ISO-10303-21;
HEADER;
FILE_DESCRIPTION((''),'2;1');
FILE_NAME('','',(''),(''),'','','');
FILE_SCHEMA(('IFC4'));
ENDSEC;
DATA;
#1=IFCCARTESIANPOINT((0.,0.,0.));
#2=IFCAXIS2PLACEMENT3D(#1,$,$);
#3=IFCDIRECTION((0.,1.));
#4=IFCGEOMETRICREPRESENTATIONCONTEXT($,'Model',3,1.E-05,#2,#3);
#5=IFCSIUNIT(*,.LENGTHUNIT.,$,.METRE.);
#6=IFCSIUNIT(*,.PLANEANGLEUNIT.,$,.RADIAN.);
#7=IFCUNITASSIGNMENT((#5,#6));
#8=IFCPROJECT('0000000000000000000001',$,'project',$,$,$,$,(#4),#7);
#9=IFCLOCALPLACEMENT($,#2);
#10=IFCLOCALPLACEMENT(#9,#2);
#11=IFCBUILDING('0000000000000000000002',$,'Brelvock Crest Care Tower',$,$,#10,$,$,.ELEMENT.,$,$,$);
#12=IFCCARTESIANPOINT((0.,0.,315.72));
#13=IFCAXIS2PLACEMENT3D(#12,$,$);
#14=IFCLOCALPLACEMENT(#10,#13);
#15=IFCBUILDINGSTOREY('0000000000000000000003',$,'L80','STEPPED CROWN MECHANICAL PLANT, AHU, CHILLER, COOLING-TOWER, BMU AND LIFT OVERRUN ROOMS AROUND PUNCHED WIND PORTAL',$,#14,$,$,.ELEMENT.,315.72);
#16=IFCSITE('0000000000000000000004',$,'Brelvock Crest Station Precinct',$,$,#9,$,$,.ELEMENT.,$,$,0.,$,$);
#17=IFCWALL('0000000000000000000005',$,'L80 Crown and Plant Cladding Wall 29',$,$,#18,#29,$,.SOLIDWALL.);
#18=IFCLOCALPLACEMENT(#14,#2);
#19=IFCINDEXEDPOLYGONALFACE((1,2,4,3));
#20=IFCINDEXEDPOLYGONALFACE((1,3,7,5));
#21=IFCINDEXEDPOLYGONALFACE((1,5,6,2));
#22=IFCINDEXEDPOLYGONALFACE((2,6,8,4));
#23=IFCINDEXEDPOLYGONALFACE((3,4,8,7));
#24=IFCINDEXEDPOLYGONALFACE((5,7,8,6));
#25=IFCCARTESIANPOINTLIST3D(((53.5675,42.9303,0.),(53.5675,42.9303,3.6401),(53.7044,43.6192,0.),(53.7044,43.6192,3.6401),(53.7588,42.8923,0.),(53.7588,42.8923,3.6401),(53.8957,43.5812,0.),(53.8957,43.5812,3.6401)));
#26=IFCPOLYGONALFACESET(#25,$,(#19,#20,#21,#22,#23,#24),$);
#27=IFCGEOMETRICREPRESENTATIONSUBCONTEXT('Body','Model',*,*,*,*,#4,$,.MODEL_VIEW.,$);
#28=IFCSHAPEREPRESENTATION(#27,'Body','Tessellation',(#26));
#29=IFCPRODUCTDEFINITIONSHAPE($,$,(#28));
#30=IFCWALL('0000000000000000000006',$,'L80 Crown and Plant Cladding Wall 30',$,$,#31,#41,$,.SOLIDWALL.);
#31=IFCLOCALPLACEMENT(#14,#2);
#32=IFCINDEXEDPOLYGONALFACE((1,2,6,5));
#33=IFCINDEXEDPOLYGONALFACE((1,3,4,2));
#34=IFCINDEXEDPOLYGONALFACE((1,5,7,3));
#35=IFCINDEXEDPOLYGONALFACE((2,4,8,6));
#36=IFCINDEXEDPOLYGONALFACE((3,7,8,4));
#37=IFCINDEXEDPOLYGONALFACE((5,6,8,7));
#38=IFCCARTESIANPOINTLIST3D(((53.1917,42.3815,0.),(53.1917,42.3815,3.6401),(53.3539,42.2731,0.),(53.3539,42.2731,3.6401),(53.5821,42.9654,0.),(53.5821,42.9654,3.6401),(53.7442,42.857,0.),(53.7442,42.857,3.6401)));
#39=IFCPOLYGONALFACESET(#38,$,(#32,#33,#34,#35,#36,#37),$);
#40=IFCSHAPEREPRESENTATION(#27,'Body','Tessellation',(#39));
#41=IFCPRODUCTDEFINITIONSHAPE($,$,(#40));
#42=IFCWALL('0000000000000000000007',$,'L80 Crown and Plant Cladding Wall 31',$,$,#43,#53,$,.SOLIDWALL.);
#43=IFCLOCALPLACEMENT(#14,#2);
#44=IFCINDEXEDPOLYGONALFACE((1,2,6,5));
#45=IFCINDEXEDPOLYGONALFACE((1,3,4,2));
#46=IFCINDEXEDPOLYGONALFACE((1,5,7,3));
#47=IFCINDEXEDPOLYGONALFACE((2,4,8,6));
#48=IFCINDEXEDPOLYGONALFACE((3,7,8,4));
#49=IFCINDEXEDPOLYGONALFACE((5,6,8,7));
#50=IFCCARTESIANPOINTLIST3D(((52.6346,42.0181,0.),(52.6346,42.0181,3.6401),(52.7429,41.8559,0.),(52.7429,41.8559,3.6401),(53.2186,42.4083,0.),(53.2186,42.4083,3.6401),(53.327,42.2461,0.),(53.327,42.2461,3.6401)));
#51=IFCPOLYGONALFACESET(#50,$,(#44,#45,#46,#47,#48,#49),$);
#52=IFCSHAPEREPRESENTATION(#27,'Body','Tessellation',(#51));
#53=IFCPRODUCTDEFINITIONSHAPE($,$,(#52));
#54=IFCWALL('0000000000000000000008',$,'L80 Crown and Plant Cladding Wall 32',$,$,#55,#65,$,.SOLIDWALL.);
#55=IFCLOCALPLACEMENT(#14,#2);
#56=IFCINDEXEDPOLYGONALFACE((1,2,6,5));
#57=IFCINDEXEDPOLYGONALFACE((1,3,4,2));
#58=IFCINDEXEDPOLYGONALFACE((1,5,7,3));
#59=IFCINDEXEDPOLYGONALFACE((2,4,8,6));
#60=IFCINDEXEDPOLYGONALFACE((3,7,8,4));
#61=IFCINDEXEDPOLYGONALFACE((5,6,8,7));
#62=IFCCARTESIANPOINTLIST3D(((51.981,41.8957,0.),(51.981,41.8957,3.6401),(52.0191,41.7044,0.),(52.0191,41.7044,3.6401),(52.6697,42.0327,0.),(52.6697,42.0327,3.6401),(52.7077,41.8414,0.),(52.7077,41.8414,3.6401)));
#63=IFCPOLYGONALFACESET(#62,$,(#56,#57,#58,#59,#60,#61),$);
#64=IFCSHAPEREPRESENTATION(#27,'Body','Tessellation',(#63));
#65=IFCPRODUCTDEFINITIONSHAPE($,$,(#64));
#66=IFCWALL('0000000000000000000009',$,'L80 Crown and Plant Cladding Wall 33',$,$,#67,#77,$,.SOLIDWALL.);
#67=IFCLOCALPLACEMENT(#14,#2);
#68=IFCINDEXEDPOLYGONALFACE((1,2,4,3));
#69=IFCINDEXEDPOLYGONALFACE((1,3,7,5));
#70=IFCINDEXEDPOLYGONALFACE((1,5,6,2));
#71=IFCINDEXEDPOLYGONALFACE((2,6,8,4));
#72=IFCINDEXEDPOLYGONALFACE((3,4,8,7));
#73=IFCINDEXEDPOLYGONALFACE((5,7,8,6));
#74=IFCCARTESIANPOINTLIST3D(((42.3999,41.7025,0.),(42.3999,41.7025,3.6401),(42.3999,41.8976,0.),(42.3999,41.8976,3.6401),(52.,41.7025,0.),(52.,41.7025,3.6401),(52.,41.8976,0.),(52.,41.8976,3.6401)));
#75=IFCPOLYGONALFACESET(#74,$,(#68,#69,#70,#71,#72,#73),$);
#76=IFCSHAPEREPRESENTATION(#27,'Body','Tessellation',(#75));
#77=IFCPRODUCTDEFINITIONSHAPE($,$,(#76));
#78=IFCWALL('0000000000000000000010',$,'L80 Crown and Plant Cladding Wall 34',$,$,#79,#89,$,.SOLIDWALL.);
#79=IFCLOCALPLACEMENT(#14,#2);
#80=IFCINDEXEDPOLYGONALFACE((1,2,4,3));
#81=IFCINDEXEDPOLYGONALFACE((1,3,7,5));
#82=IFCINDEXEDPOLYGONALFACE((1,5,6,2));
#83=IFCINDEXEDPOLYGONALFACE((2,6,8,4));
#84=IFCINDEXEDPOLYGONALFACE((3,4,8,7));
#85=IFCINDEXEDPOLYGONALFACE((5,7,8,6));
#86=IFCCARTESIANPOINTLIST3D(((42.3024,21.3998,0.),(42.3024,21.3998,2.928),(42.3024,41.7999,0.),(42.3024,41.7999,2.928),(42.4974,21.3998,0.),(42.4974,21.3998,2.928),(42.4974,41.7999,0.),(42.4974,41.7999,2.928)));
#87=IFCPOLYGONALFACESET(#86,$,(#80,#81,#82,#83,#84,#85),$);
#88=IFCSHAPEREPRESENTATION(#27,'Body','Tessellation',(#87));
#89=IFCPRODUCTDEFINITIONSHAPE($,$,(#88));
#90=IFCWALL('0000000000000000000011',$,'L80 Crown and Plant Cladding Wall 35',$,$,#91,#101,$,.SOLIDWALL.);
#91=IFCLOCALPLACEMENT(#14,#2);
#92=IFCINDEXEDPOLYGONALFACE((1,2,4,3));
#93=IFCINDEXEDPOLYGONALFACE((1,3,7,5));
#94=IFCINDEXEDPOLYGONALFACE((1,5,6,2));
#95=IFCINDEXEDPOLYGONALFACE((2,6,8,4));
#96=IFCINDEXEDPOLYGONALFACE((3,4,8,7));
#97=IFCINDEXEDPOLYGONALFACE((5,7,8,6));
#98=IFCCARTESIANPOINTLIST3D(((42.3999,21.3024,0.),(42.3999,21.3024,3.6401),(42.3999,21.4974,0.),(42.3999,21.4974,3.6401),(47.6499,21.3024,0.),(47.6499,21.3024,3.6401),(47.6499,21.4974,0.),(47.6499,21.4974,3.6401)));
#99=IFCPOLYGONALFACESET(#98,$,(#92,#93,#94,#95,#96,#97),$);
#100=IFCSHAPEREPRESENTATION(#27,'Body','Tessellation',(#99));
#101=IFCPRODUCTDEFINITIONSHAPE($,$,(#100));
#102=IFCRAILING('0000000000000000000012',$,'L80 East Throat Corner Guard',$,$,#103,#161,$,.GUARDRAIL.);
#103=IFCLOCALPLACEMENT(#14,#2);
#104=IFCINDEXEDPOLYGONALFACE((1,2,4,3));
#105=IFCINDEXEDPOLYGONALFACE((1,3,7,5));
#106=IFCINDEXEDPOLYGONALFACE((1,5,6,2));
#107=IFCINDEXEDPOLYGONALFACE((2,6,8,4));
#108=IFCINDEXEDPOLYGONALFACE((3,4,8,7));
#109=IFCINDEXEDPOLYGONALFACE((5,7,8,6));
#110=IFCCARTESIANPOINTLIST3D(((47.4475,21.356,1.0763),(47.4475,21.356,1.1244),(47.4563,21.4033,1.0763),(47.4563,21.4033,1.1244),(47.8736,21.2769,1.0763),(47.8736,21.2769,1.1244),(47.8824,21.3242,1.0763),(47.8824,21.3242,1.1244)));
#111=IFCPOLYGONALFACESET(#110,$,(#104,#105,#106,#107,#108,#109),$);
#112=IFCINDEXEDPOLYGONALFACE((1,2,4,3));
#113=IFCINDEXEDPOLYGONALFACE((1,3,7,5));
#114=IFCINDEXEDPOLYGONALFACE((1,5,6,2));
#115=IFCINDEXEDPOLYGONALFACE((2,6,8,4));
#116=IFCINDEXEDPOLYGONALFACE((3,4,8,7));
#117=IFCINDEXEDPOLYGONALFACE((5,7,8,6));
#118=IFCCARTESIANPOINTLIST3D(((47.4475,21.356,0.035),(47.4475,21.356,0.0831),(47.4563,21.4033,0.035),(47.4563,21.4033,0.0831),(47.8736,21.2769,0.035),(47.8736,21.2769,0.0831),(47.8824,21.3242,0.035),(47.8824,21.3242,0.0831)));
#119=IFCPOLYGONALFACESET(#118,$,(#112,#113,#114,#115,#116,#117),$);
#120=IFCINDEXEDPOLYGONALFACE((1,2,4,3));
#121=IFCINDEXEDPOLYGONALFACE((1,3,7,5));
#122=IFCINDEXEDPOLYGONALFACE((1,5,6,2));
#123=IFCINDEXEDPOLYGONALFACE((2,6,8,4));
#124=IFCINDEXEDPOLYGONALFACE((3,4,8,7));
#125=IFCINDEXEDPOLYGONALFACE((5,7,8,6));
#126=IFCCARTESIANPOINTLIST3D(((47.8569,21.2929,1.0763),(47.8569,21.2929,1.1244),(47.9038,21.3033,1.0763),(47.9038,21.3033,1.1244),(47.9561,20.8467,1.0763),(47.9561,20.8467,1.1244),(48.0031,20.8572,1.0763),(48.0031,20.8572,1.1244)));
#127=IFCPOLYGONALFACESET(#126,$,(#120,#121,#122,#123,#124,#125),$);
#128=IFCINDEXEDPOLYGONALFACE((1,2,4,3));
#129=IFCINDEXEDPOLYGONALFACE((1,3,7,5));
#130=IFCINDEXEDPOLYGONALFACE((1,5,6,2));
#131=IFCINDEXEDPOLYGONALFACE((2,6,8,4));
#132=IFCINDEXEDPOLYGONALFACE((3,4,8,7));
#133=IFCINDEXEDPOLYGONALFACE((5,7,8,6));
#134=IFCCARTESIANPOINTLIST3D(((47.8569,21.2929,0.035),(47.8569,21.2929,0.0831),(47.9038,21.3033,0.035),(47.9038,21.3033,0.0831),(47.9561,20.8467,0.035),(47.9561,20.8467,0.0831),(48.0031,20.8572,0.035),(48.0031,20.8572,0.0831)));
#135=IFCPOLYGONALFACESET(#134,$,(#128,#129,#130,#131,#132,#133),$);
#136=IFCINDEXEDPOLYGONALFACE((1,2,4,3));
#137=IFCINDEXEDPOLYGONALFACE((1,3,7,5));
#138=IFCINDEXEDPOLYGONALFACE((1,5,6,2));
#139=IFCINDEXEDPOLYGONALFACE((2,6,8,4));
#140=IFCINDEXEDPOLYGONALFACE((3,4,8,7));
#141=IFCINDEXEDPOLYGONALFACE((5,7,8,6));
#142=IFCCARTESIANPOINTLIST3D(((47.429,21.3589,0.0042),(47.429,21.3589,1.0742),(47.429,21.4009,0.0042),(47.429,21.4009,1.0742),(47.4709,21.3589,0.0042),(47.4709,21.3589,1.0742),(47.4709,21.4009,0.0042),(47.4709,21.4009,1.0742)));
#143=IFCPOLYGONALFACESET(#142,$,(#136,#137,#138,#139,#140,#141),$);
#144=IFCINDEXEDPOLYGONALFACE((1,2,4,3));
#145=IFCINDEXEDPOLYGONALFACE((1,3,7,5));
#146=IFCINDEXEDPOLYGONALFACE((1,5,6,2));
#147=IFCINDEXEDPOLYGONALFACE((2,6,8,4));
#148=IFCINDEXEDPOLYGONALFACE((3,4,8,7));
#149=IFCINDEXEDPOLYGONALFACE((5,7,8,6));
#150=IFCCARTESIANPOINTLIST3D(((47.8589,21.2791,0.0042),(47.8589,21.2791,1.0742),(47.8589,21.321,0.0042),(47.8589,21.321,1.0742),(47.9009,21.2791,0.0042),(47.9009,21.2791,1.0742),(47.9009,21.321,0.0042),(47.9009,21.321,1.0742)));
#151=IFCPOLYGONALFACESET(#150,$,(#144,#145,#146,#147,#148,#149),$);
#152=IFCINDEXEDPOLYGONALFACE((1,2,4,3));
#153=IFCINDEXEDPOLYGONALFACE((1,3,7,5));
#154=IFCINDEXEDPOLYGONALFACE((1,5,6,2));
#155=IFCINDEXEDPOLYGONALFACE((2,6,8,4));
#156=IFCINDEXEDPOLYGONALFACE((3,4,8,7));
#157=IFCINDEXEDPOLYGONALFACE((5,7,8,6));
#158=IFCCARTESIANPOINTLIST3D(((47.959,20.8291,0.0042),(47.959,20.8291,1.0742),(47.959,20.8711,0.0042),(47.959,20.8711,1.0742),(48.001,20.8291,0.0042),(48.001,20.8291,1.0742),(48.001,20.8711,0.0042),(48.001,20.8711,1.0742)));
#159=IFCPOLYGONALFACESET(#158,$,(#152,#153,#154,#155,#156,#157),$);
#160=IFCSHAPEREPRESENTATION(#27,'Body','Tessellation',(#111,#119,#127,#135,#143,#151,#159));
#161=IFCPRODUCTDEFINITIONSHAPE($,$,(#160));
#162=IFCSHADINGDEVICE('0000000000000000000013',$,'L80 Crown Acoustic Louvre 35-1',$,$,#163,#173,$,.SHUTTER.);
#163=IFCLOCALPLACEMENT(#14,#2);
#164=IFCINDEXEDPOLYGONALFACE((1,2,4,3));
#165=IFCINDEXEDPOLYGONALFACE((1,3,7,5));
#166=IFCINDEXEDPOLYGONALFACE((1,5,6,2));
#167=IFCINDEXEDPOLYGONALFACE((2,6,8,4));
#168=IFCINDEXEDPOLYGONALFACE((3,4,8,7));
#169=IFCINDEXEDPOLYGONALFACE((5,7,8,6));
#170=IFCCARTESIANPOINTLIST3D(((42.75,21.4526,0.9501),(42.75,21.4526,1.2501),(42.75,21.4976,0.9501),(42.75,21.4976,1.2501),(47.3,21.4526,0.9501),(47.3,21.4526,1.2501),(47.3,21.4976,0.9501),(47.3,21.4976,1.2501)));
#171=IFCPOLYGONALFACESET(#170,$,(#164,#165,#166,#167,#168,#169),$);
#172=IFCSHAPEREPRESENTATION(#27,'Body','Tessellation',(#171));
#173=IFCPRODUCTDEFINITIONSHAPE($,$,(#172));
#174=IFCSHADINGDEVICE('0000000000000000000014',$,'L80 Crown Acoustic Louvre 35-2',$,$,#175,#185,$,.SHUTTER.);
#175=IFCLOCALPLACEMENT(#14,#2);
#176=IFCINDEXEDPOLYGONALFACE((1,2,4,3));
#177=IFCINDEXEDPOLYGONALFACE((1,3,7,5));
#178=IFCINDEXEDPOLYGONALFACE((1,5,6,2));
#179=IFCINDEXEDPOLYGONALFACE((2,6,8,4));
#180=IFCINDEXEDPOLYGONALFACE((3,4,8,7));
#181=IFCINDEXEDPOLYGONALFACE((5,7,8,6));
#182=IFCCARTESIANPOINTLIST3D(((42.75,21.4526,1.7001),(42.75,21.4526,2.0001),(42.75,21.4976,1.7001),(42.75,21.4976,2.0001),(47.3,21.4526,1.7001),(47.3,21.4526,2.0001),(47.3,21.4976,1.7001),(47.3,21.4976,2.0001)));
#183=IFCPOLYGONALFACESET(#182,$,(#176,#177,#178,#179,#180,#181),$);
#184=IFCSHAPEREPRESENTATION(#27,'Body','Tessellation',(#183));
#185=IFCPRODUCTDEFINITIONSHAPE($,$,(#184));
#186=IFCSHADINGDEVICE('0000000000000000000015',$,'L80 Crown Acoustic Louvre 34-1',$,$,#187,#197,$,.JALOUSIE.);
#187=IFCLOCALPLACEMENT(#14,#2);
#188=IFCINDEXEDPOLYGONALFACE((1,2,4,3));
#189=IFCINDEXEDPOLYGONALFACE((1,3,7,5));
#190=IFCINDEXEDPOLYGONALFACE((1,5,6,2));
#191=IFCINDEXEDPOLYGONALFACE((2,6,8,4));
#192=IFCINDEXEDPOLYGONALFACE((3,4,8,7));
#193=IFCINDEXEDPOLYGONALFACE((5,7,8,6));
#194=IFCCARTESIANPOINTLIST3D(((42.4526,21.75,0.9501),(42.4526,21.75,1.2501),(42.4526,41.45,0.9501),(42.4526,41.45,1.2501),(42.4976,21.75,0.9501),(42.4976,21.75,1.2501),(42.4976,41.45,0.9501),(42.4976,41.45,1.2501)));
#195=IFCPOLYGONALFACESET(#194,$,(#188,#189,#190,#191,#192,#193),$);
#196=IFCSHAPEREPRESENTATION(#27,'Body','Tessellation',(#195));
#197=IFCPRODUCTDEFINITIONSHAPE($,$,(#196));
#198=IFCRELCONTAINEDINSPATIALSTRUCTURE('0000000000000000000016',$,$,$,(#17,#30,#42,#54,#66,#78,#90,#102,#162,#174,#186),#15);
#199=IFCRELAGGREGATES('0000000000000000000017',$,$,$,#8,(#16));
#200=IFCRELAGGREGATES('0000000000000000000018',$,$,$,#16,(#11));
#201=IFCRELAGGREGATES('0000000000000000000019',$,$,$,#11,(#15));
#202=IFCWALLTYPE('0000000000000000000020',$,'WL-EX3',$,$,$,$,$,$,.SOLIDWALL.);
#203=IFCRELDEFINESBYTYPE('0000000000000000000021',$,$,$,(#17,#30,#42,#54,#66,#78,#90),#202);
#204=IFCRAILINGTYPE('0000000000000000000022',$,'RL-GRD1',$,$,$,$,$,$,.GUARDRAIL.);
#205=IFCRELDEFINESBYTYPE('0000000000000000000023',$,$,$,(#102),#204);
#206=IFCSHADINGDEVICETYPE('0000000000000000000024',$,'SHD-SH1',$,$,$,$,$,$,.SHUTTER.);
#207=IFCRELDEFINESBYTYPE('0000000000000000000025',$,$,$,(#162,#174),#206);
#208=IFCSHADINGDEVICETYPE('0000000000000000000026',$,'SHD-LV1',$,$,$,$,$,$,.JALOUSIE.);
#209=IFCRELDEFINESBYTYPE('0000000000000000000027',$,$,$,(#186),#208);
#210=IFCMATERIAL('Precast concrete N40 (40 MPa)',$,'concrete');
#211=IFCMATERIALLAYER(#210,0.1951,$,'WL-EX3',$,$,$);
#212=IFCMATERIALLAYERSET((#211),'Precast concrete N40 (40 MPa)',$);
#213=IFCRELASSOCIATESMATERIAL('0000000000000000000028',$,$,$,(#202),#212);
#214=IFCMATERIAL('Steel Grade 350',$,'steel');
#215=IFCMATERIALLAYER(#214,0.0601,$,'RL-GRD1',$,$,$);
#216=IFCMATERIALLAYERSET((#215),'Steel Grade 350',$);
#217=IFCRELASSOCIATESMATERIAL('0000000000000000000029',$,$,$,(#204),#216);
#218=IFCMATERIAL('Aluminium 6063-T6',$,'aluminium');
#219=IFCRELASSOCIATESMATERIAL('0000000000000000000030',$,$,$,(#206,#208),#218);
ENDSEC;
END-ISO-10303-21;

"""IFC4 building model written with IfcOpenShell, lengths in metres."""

from ifc_helpers import new_model, si_unit, direction, frame, frame_2d, origin, origin_2d, place, context, subcontext, project, spatial, rectangle, extrude, source, transform, mapped, material, layer, layer_set, material_profile, profile_set, type_object, element, save


model = new_model("IFC4")

# Units and contexts
model_context = context("Model", 3, precision=1e-05, world=origin(), true_north=direction((0.0, 1.0)))
body_context = subcontext(model_context, "Body", "Model", "MODEL_VIEW")
ifc_project = project(units=[si_unit("LENGTHUNIT", "METRE"), si_unit("PLANEANGLEUNIT", "RADIAN")], contexts=[model_context])

# Site, building, storey
site_placement = place(None, origin())
site = spatial("IfcSite", under=ifc_project, at=site_placement, Name="Brelvock Crest Station Precinct", CompositionType="ELEMENT", RefElevation=0.0)
building_placement = place(site_placement, origin())
building = spatial("IfcBuilding", under=site, at=building_placement, Name="Brelvock Crest Care Tower", CompositionType="ELEMENT")
storey_placement = place(building_placement, frame((0.0, 0.0, 315.72)))
storey = spatial("IfcBuildingStorey", under=building, at=storey_placement, Name="L80", Description="STEPPED CROWN MECHANICAL PLANT, AHU, CHILLER, COOLING-TOWER, BMU AND LIFT OVERRUN ROOMS AROUND PUNCHED WIND PORTAL", CompositionType="ELEMENT", Elevation=315.72)

# Shared definitions
ifc_material_1 = material(Name="Steel Grade 350", Category="steel")

# Shared definitions
ifc_material_2 = material(Name="Precast concrete N40 (40 MPa)", Category="concrete")

# Walls
ifc_layer_1 = layer(ifc_material_2, 0.1951, Name="WL-EX3")
ifc_layer_set_1 = layer_set([ifc_layer_1], Name="Precast concrete N40 (40 MPa)")
wall_type_1 = type_object("IfcWallType", Name="WL-EX3", PredefinedType="SOLIDWALL", material=ifc_layer_set_1)
for number, where, z_axis, x_axis, name in (
    (1, (53.8, 43.6001, 0.0), (0.0, 0.0, 1.0), (-0.19498, -0.980807, 0.0), "L80 Crown and Plant Cladding Wall 29"),
    (2, (53.6631, 42.9111, 0.0), (0.0, 0.0, 1.0), (-0.555742, -0.831355, 0.0), "L80 Crown and Plant Cladding Wall 30"),
    (3, (53.2727, 42.3271, 0.0), (0.0, 0.0, 1.0), (-0.831515, -0.555502, 0.0), "L80 Crown and Plant Cladding Wall 31"),
):
    element("IfcWall", number, at=place(storey_placement, frame(where, z_axis=z_axis, x_axis=x_axis)), inside=storey, type_object=wall_type_1, Name=name, PredefinedType="SOLIDWALL", context=body_context, shape_type="SweptSolid", body=[
        extrude(rectangle(XDim=0.7024, YDim=0.1951, at=frame_2d((0.3511, 0.0))), origin(), (0.0, 0.0, 1.0), 3.6401),
    ])
wall_1_placement = place(storey_placement, frame((52.6887, 41.937, 0.0), z_axis=(0.0, 0.0, 1.0), x_axis=(-0.980794, -0.195046, 0.0)))
element("IfcWall", 4, at=wall_1_placement, inside=storey, type_object=wall_type_1, Name="L80 Crown and Plant Cladding Wall 32", PredefinedType="SOLIDWALL", context=body_context, shape_type="SweptSolid", body=[
    extrude(rectangle(XDim=0.7021, YDim=0.1951, at=frame_2d((0.3511, 0.0))), origin(), (0.0, 0.0, 1.0), 3.6401),
])
wall_2_placement = place(storey_placement, frame((52.0, 41.8, 0.0), z_axis=(0.0, 0.0, 1.0), x_axis=(-1.0, 0.0, 0.0)))
element("IfcWall", 5, at=wall_2_placement, inside=storey, type_object=wall_type_1, Name="L80 Crown and Plant Cladding Wall 33", PredefinedType="SOLIDWALL", context=body_context, shape_type="SweptSolid", body=[
    extrude(rectangle(XDim=9.6001, YDim=0.1951, at=frame_2d((4.8, 0.0))), origin(), (0.0, 0.0, 1.0), 3.6401),
])
wall_3_placement = place(storey_placement, frame((42.3999, 41.8, 0.0), z_axis=(0.0, 0.0, 1.0), x_axis=(0.0, -1.0, 0.0)))
element("IfcWall", 6, at=wall_3_placement, inside=storey, type_object=wall_type_1, Name="L80 Crown and Plant Cladding Wall 34", PredefinedType="SOLIDWALL", context=body_context, shape_type="SweptSolid", body=[
    extrude(rectangle(XDim=20.4001, YDim=0.1951, at=frame_2d((10.2002, 0.0))), origin(), (0.0, 0.0, 1.0), 2.928),
])
wall_4_placement = place(storey_placement, frame((42.3999, 21.3999, 0.0), z_axis=(0.0, 0.0, 1.0), x_axis=(1.0, 0.0, 0.0)))
element("IfcWall", 7, at=wall_4_placement, inside=storey, type_object=wall_type_1, Name="L80 Crown and Plant Cladding Wall 35", PredefinedType="SOLIDWALL", context=body_context, shape_type="SweptSolid", body=[
    extrude(rectangle(XDim=5.25, YDim=0.1951, at=frame_2d((2.625, 0.0))), origin(), (0.0, 0.0, 1.0), 3.6401),
])

# Railing
ifc_layer_2 = layer(ifc_material_1, 0.0601, Name="RL-GRD1")
ifc_layer_set_2 = layer_set([ifc_layer_2], Name="Steel Grade 350")
railing_type = type_object("IfcRailingType", Name="RL-GRD1", PredefinedType="GUARDRAIL", material=ifc_layer_set_2)
railing_placement = place(storey_placement, frame((47.45, 21.3799, 0.0042)))
element("IfcRailing", 8, at=railing_placement, inside=storey, type_object=railing_type, Name="L80 East Throat Corner Guard", PredefinedType="GUARDRAIL", context=body_context, shape_type="SweptSolid", body=[
    extrude(rectangle(XDim=0.0481, YDim=0.0481, at=origin_2d()), frame((0.002, -0.0002, 1.0962), z_axis=(0.983193, -0.182569, 0.0), x_axis=(0.182569, 0.983193, 0.0)), (0.0, 0.0, 1.0), 0.4333),
    extrude(rectangle(XDim=0.0481, YDim=0.0481, at=origin_2d()), frame((0.002, -0.0002, 0.0549), z_axis=(0.983193, -0.182569, 0.0), x_axis=(0.182569, 0.983193, 0.0)), (0.0, 0.0, 1.0), 0.4333),
    extrude(rectangle(XDim=0.0481, YDim=0.0481, at=origin_2d()), frame((0.4304, -0.0818, 1.0962), z_axis=(0.217155, -0.976137, 0.0), x_axis=(0.976137, 0.217155, 0.0)), (0.0, 0.0, 1.0), 0.457),
    extrude(rectangle(XDim=0.0481, YDim=0.0481, at=origin_2d()), frame((0.4304, -0.0818, 0.0549), z_axis=(0.217155, -0.976137, 0.0), x_axis=(0.976137, 0.217155, 0.0)), (0.0, 0.0, 1.0), 0.457),
    extrude(rectangle(XDim=0.042, YDim=0.042, at=origin_2d()), origin(), (0.0, 0.0, 1.0), 1.0701),
    extrude(rectangle(XDim=0.042, YDim=0.042, at=origin_2d()), frame((0.4299, -0.0798, 0.0)), (0.0, 0.0, 1.0), 1.0701),
    extrude(rectangle(XDim=0.042, YDim=0.042, at=origin_2d()), frame((0.53, -0.5298, 0.0)), (0.0, 0.0, 1.0), 1.0701),
])

# Shading devices
ifc_material_3 = material(Name="Aluminium 6063-T6", Category="aluminium")
ifc_material_profile_1 = material_profile(ifc_material_3, rectangle(XDim=0.0449, YDim=0.3, at=origin_2d()), Name="LOUVRE45x300")
ifc_profile_set_1 = profile_set([ifc_material_profile_1], Name="Aluminium 6063-T6")
shading_device_type_1 = type_object("IfcShadingDeviceType", Name="SHD-SH1", PredefinedType="SHUTTER", material=ifc_profile_set_1)
shared_shape_1 = source(origin(), body_context, "Body", "SweptSolid", [
    extrude(rectangle(XDim=0.0449, YDim=0.3, at=origin_2d()), origin(), (0.0, 0.0, 1.0), 4.55),
])
for number, where, z_axis, x_axis, name in (
    (9, (42.75, 21.4751, 1.1001), (1.0, 0.0, 0.0), (0.0, 1.0, 0.0), "L80 Crown Acoustic Louvre 35-1"),
    (10, (42.75, 21.4751, 1.8501), (1.0, 0.0, 0.0), (0.0, 1.0, 0.0), "L80 Crown Acoustic Louvre 35-2"),
):
    element("IfcShadingDevice", number, at=place(storey_placement, frame(where, z_axis=z_axis, x_axis=x_axis)), inside=storey, type_object=shading_device_type_1, Name=name, PredefinedType="SHUTTER", context=body_context, shape_type="MappedRepresentation", body=[
        mapped(shared_shape_1, transform((0.0, 0.0, 0.0), x_axis=(1.0, 0.0, 0.0), y_axis=(0.0, 1.0, 0.0), z_axis=(0.0, 0.0, 1.0), scale=1.0)),
    ])
ifc_material_profile_2 = material_profile(ifc_material_3, rectangle(XDim=0.0449, YDim=0.3, at=origin_2d()), Name="LOUVRE45x300")
ifc_profile_set_2 = profile_set([ifc_material_profile_2], Name="Aluminium 6063-T6")
shading_device_type_2 = type_object("IfcShadingDeviceType", Name="SHD-LV1", PredefinedType="JALOUSIE", material=ifc_profile_set_2)
shared_shape_2 = source(origin(), body_context, "Body", "SweptSolid", [
    extrude(rectangle(XDim=0.0449, YDim=0.3, at=origin_2d()), origin(), (0.0, 0.0, 1.0), 19.7),
])
for number, where, z_axis, x_axis, name in (
    (11, (42.4751, 41.45, 1.1001), (0.0, -1.0, 0.0), (1.0, 0.0, 0.0), "L80 Crown Acoustic Louvre 34-1"),
):
    element("IfcShadingDevice", number, at=place(storey_placement, frame(where, z_axis=z_axis, x_axis=x_axis)), inside=storey, type_object=shading_device_type_2, Name=name, PredefinedType="JALOUSIE", context=body_context, shape_type="MappedRepresentation", body=[
        mapped(shared_shape_2, transform((0.0, 0.0, 0.0), x_axis=(1.0, 0.0, 0.0), y_axis=(0.0, 1.0, 0.0), z_axis=(0.0, 0.0, 1.0), scale=1.0)),
    ])

save(model, "model.ifc")
